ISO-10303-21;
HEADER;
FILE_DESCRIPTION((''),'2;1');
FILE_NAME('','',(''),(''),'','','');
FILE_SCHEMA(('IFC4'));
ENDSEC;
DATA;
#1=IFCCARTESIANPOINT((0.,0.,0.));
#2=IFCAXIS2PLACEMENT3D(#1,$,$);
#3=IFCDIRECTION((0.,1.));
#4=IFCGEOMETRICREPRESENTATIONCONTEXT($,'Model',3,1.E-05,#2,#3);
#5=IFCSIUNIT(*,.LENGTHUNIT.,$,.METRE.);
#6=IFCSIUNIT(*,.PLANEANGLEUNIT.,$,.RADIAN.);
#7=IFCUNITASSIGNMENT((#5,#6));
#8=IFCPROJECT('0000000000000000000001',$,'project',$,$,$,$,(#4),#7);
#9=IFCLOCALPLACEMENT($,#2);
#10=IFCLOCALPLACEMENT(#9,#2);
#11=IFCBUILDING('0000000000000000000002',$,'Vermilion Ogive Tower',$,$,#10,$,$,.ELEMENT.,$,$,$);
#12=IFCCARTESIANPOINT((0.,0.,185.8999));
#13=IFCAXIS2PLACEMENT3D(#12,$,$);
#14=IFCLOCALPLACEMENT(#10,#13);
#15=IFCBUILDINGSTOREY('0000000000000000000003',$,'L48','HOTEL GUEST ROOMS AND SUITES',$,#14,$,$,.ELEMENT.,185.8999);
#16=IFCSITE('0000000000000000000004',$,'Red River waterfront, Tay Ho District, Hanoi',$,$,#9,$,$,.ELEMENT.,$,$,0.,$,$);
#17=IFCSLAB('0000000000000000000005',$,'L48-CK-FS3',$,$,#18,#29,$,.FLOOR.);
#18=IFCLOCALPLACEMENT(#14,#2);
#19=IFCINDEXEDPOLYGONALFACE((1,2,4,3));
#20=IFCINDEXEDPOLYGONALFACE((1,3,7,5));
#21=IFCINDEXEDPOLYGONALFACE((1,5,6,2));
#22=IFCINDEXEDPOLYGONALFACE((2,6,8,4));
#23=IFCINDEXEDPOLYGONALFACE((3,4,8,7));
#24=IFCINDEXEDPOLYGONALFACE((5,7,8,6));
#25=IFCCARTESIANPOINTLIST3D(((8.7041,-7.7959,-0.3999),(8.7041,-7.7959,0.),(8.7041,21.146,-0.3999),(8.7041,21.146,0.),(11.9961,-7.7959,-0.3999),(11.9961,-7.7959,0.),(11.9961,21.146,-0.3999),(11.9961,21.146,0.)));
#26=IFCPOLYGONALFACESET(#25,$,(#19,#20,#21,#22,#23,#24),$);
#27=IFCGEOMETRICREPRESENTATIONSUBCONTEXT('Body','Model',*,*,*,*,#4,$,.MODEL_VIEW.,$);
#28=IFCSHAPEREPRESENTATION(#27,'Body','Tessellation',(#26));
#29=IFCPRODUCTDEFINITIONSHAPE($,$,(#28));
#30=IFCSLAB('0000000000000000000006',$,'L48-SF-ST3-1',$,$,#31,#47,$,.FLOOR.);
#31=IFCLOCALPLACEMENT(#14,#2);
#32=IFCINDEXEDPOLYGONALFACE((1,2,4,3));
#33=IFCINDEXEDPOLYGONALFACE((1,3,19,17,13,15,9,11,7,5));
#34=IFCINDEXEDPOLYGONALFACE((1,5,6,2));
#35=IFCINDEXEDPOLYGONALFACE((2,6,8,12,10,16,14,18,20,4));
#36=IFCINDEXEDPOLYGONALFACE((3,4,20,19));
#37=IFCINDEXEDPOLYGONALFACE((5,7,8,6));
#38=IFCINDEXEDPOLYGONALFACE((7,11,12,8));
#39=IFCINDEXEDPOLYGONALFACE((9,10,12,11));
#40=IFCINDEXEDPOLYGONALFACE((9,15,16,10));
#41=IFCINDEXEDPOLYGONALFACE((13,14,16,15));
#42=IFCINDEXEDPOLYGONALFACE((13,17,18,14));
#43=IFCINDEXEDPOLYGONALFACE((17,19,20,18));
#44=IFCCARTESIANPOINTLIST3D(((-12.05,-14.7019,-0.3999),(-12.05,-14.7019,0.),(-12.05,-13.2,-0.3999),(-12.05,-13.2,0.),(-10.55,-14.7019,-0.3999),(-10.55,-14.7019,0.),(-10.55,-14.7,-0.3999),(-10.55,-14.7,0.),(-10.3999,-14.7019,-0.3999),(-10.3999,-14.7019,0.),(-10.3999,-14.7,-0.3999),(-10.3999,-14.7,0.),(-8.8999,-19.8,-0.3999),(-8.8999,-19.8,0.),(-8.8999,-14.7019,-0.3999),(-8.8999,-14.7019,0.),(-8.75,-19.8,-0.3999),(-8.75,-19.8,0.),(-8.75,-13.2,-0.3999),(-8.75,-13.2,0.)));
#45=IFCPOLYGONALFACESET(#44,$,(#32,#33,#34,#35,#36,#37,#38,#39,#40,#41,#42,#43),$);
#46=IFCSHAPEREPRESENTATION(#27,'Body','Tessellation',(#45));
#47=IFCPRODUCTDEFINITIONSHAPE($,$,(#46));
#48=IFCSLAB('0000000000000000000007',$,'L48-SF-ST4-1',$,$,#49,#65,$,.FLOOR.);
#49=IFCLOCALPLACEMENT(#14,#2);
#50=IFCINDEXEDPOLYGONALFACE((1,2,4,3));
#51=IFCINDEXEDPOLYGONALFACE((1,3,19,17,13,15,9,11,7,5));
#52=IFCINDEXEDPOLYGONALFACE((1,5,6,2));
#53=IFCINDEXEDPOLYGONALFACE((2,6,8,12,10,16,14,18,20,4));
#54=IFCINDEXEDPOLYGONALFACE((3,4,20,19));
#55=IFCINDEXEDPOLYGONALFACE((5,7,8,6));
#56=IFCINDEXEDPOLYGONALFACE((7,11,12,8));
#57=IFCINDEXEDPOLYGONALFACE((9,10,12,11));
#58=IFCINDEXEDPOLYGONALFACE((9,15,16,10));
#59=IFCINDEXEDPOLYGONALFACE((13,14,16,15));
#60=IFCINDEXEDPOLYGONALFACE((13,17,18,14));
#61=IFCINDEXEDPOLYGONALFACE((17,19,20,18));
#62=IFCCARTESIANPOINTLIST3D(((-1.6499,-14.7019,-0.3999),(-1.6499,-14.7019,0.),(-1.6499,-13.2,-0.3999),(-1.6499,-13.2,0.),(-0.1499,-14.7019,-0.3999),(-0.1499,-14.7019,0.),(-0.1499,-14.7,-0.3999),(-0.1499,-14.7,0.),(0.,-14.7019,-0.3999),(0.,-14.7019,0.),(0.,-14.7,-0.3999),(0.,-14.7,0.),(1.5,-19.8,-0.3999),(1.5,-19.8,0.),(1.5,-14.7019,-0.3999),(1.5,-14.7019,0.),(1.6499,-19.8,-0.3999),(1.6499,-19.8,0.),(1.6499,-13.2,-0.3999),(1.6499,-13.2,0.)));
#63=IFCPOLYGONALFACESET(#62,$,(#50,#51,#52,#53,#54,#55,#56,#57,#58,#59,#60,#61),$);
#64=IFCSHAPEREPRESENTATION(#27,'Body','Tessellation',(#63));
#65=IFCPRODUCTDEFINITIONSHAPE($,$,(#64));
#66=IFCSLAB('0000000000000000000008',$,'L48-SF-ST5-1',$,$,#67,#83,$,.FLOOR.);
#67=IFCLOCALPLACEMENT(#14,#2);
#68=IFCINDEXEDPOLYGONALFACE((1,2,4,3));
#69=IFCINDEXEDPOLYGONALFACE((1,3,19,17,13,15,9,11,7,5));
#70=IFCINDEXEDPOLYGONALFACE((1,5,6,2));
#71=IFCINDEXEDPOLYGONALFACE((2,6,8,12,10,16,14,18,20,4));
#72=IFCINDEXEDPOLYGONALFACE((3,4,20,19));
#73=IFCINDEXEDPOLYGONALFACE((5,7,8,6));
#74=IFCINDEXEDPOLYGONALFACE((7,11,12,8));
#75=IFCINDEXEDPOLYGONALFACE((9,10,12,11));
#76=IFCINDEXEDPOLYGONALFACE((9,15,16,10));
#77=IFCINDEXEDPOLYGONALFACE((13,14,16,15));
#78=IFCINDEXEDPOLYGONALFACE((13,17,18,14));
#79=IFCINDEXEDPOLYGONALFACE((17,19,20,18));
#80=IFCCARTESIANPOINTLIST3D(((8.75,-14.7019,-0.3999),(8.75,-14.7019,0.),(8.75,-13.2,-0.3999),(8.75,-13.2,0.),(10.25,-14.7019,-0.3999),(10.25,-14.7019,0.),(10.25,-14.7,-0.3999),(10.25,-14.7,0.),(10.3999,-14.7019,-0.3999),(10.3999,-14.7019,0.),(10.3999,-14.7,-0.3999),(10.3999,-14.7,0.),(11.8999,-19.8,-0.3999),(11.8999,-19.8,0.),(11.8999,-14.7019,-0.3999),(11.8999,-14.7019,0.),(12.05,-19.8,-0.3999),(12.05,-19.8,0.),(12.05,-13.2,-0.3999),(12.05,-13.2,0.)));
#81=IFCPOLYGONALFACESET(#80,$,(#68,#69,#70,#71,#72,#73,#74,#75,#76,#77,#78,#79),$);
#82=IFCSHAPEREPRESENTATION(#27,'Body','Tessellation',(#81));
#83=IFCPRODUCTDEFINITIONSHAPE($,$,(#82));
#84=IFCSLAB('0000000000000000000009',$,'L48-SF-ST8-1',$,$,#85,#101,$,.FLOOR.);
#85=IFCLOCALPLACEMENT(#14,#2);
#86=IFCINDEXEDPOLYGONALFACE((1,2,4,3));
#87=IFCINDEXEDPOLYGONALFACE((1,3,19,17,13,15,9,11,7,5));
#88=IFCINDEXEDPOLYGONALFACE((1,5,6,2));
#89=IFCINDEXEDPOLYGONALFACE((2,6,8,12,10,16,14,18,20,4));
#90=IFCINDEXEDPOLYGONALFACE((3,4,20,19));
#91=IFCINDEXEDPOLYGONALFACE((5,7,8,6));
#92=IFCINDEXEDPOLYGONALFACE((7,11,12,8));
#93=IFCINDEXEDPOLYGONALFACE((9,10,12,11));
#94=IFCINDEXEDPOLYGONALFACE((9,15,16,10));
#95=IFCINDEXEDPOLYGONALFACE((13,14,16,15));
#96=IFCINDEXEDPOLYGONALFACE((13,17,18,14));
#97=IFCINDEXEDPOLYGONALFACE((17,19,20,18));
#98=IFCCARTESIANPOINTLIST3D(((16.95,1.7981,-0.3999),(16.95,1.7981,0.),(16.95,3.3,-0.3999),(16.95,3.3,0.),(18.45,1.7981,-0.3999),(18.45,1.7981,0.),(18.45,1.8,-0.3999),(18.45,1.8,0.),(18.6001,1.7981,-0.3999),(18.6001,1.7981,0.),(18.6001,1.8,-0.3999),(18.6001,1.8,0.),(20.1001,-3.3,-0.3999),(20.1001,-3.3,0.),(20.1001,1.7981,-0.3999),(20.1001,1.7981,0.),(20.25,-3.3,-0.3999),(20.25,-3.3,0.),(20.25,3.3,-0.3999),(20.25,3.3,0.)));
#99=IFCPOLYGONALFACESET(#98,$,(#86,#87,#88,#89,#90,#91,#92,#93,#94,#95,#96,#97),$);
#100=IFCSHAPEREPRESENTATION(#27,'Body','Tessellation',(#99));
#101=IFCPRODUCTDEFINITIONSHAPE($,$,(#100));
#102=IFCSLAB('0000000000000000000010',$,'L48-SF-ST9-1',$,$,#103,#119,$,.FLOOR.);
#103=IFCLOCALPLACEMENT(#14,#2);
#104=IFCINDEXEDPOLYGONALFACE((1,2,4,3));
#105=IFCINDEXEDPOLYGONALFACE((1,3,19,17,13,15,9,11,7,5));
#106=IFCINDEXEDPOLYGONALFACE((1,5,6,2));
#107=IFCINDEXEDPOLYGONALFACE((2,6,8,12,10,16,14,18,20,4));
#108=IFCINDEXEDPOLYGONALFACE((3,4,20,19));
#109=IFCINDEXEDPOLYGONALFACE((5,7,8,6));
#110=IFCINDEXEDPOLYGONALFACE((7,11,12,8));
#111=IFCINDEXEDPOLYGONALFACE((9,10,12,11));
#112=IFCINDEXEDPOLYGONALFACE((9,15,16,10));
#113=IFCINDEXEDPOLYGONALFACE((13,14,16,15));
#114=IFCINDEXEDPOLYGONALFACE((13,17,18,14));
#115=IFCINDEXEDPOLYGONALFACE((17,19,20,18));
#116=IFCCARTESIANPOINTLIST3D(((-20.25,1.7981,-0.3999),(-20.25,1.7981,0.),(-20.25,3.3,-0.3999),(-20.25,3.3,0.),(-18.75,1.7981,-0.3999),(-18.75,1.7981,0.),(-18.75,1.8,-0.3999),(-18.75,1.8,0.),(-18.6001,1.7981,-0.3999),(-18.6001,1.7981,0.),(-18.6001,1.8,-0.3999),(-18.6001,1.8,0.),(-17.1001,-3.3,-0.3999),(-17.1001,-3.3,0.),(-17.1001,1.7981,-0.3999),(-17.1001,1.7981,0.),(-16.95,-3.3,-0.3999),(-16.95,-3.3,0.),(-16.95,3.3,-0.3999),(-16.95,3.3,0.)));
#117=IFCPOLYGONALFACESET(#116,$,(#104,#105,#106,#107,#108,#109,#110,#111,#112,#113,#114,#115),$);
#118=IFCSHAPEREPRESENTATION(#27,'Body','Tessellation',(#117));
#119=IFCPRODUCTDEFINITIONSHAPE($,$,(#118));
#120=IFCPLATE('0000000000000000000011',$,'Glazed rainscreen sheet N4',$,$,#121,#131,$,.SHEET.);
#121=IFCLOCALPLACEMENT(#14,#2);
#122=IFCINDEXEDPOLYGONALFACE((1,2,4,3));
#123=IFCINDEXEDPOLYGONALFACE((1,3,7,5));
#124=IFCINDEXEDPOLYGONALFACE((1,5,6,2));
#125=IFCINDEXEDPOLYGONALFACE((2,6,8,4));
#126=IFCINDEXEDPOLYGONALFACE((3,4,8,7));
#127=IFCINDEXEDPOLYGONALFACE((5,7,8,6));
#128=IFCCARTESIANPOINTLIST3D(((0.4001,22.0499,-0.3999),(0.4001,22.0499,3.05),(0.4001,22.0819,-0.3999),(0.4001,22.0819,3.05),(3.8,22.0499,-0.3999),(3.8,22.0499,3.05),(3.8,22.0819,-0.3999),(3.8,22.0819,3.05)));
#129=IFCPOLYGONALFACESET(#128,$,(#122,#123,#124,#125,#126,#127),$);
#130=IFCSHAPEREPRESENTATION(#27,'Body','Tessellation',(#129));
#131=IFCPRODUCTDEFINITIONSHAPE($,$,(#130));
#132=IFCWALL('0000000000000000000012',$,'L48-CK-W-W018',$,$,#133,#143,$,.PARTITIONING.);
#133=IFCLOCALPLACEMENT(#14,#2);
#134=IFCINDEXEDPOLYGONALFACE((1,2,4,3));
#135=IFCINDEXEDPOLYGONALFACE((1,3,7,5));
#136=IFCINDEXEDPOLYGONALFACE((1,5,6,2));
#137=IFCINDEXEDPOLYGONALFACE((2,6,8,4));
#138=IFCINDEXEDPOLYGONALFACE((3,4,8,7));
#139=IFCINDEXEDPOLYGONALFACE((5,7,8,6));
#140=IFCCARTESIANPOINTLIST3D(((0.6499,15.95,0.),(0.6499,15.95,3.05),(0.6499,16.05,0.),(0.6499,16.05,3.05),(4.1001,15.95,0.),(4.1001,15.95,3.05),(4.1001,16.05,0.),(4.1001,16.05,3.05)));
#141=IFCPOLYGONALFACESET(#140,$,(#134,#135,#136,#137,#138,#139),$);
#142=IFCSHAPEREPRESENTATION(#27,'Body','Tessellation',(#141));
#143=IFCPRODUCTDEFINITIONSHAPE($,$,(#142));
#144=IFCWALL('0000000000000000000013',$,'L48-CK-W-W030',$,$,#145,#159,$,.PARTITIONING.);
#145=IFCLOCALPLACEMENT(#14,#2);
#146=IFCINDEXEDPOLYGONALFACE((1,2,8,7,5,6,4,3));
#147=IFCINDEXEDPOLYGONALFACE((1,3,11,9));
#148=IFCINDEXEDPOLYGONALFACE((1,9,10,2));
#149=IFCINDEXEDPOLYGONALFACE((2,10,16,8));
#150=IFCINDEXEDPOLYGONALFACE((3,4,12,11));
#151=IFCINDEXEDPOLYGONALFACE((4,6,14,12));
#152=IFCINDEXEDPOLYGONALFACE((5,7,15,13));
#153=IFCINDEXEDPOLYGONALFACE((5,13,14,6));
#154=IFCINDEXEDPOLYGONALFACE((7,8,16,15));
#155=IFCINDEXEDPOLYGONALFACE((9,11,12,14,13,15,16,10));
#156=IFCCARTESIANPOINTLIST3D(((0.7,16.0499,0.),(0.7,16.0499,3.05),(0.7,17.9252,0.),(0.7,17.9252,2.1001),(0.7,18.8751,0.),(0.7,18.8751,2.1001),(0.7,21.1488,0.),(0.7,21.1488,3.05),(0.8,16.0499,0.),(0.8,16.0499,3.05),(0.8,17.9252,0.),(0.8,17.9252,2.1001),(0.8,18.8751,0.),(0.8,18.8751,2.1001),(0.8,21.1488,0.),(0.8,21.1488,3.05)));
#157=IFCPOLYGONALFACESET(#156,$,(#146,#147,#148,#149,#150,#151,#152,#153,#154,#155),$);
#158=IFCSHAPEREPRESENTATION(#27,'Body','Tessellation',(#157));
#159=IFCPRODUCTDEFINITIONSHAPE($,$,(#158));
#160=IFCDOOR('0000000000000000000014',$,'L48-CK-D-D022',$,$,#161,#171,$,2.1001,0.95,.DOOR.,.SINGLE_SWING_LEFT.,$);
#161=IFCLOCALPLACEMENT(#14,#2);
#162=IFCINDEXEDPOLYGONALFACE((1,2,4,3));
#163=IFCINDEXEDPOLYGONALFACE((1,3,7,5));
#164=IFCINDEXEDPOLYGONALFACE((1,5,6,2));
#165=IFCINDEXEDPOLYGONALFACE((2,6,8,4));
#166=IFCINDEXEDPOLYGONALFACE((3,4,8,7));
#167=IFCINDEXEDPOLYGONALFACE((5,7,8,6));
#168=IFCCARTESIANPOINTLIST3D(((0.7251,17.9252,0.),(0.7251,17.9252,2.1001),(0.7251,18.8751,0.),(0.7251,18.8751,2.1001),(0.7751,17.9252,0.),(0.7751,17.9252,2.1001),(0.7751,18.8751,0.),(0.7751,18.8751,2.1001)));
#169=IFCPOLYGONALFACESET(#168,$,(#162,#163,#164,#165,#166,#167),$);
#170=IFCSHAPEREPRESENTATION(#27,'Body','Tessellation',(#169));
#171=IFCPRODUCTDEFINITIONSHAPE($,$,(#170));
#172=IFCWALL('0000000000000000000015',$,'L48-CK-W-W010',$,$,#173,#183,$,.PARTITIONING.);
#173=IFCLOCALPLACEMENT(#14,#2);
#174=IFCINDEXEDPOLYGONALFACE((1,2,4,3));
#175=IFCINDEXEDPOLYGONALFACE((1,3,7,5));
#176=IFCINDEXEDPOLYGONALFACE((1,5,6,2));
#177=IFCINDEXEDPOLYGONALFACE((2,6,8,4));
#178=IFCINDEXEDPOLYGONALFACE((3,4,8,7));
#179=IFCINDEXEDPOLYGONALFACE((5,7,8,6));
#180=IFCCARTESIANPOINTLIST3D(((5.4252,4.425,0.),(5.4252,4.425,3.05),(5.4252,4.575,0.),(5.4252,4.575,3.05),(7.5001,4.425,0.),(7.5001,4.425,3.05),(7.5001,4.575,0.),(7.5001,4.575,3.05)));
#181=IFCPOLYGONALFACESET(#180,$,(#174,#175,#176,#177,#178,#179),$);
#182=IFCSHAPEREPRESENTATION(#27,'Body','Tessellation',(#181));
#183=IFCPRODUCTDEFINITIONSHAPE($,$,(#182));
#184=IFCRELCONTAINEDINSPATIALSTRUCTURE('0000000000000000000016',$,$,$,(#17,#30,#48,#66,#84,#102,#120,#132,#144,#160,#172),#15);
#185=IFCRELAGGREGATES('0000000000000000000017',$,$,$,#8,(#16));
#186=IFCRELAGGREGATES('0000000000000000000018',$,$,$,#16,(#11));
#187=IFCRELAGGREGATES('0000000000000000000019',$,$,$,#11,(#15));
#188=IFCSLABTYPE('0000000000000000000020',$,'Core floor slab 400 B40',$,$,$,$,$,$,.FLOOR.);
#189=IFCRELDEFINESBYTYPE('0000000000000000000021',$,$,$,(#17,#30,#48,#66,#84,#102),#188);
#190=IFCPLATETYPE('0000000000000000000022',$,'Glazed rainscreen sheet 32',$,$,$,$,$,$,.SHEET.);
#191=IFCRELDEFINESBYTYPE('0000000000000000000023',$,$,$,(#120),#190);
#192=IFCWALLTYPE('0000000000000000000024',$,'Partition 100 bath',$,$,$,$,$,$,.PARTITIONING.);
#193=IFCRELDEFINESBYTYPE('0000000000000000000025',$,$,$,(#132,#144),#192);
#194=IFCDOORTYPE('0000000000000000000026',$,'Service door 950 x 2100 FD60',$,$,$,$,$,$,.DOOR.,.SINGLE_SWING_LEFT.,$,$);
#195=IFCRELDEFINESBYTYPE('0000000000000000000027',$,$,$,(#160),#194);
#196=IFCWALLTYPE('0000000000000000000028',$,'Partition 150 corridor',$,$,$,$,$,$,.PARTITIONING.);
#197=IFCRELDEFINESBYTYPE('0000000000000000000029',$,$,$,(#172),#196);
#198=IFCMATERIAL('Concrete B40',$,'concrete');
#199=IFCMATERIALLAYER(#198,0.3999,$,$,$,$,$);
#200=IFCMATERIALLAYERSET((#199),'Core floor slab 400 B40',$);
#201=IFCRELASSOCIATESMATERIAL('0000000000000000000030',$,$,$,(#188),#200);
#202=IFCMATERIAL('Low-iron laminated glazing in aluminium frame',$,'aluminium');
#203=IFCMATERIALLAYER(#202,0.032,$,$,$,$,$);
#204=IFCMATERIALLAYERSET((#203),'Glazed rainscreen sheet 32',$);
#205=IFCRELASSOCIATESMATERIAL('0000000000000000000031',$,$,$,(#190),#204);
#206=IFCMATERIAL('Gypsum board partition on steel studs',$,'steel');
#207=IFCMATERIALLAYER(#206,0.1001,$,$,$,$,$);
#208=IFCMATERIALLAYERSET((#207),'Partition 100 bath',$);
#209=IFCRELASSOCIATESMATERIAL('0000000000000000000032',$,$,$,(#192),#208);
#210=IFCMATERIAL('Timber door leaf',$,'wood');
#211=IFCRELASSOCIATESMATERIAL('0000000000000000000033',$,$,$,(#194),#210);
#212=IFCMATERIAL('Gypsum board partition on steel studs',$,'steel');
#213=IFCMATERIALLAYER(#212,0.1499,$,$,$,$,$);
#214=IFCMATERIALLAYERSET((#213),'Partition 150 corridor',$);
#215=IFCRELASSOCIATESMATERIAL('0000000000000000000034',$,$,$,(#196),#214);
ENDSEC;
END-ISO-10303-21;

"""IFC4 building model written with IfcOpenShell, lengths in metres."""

from ifc_helpers import new_model, si_unit, direction, frame, frame_2d, origin, origin_2d, place, context, subcontext, project, spatial, polyline, rectangle, outline, extrude, material, layer, layer_set, type_object, element, fill, save


model = new_model("IFC4")

# Units and contexts
model_context = context("Model", 3, precision=1e-05, world=origin(), true_north=direction((0.0, 1.0)))
body_context = subcontext(model_context, "Body", "Model", "MODEL_VIEW")
ifc_project = project(units=[si_unit("LENGTHUNIT", "METRE"), si_unit("PLANEANGLEUNIT", "RADIAN")], contexts=[model_context])

# Site, building, storey
site_placement = place(None, origin())
site = spatial("IfcSite", under=ifc_project, at=site_placement, Name="Red River waterfront, Tay Ho District, Hanoi", CompositionType="ELEMENT", RefElevation=0.0)
building_placement = place(site_placement, origin())
building = spatial("IfcBuilding", under=site, at=building_placement, Name="Vermilion Ogive Tower", CompositionType="ELEMENT")
storey_placement = place(building_placement, frame((0.0, 0.0, 185.8999)))
storey = spatial("IfcBuildingStorey", under=building, at=storey_placement, Name="L48", Description="HOTEL GUEST ROOMS AND SUITES", CompositionType="ELEMENT", Elevation=185.8999)

# Slabs
ifc_material_1 = material(Name="Concrete B40", Category="concrete")
ifc_layer_1 = layer(ifc_material_1, 0.3999)
ifc_layer_set_1 = layer_set([ifc_layer_1], Name="Core floor slab 400 B40")
slab_type = type_object("IfcSlabType", Name="Core floor slab 400 B40", PredefinedType="FLOOR", material=ifc_layer_set_1)
slab_1_placement = place(storey_placement, frame((0.0, 0.0, -0.3999)))
element("IfcSlab", 1, at=slab_1_placement, inside=storey, type_object=slab_type, Name="L48-CK-FS3", PredefinedType="FLOOR", context=body_context, shape_type="SweptSolid", body=[
    extrude(outline(polyline([(11.9961, 21.146), (11.9961, -7.7959), (8.7041, -7.7959), (8.7041, 21.146), (11.9961, 21.146)])), origin(), (0.0, 0.0, 1.0), 0.3999),
])
slab_2_placement = place(storey_placement, frame((0.0, 0.0, -0.3999)))
element("IfcSlab", 2, at=slab_2_placement, inside=storey, type_object=slab_type, Name="L48-SF-ST3-1", PredefinedType="FLOOR", context=body_context, shape_type="SweptSolid", body=[
    extrude(outline(polyline([(-12.05, -13.2), (-12.05, -14.7019), (-10.55, -14.7019), (-10.55, -14.7), (-10.3999, -14.7), (-10.3999, -14.7019), (-8.8999, -14.7019), (-8.8999, -19.8), (-8.75, -19.8), (-8.75, -13.2), (-12.05, -13.2)])), origin(), (0.0, 0.0, 1.0), 0.3999),
])
slab_3_placement = place(storey_placement, frame((0.0, 0.0, -0.3999)))
element("IfcSlab", 3, at=slab_3_placement, inside=storey, type_object=slab_type, Name="L48-SF-ST4-1", PredefinedType="FLOOR", context=body_context, shape_type="SweptSolid", body=[
    extrude(outline(polyline([(-1.6499, -13.2), (-1.6499, -14.7019), (-0.1499, -14.7019), (-0.1499, -14.7), (0.0, -14.7), (0.0, -14.7019), (1.5, -14.7019), (1.5, -19.8), (1.6499, -19.8), (1.6499, -13.2), (-1.6499, -13.2)])), origin(), (0.0, 0.0, 1.0), 0.3999),
])
slab_4_placement = place(storey_placement, frame((0.0, 0.0, -0.3999)))
element("IfcSlab", 4, at=slab_4_placement, inside=storey, type_object=slab_type, Name="L48-SF-ST5-1", PredefinedType="FLOOR", context=body_context, shape_type="SweptSolid", body=[
    extrude(outline(polyline([(8.75, -13.2), (8.75, -14.7019), (10.25, -14.7019), (10.25, -14.7), (10.3999, -14.7), (10.3999, -14.7019), (11.8999, -14.7019), (11.8999, -19.8), (12.05, -19.8), (12.05, -13.2), (8.75, -13.2)])), origin(), (0.0, 0.0, 1.0), 0.3999),
])
slab_5_placement = place(storey_placement, frame((0.0, 0.0, -0.3999)))
element("IfcSlab", 5, at=slab_5_placement, inside=storey, type_object=slab_type, Name="L48-SF-ST8-1", PredefinedType="FLOOR", context=body_context, shape_type="SweptSolid", body=[
    extrude(outline(polyline([(16.95, 3.3), (16.95, 1.7981), (18.45, 1.7981), (18.45, 1.8), (18.6001, 1.8), (18.6001, 1.7981), (20.1001, 1.7981), (20.1001, -3.3), (20.25, -3.3), (20.25, 3.3), (16.95, 3.3)])), origin(), (0.0, 0.0, 1.0), 0.3999),
])
slab_6_placement = place(storey_placement, frame((0.0, 0.0, -0.3999)))
element("IfcSlab", 6, at=slab_6_placement, inside=storey, type_object=slab_type, Name="L48-SF-ST9-1", PredefinedType="FLOOR", context=body_context, shape_type="SweptSolid", body=[
    extrude(outline(polyline([(-20.25, 3.3), (-20.25, 1.7981), (-18.75, 1.7981), (-18.75, 1.8), (-18.6001, 1.8), (-18.6001, 1.7981), (-17.1001, 1.7981), (-17.1001, -3.3), (-16.95, -3.3), (-16.95, 3.3), (-20.25, 3.3)])), origin(), (0.0, 0.0, 1.0), 0.3999),
])

# Plate
ifc_material_2 = material(Name="Low-iron laminated glazing in aluminium frame", Category="aluminium")
ifc_layer_2 = layer(ifc_material_2, 0.032)
ifc_layer_set_2 = layer_set([ifc_layer_2], Name="Glazed rainscreen sheet 32")
plate_type = type_object("IfcPlateType", Name="Glazed rainscreen sheet 32", PredefinedType="SHEET", material=ifc_layer_set_2)
plate_placement = place(storey_placement, frame((2.1001, 22.0659, -0.3999), z_axis=(0.0, 0.0, 1.0), x_axis=(1.0, 0.0, 0.0)))
element("IfcPlate", 7, at=plate_placement, inside=storey, type_object=plate_type, Name="Glazed rainscreen sheet N4", PredefinedType="SHEET", context=body_context, shape_type="SweptSolid", body=[
    extrude(rectangle(XDim=3.3999, YDim=0.032, at=origin_2d()), origin(), (0.0, 0.0, 1.0), 3.45),
])

# Wall
ifc_material_3 = material(Name="Gypsum board partition on steel studs", Category="steel")
ifc_layer_3 = layer(ifc_material_3, 0.1001)
ifc_layer_set_3 = layer_set([ifc_layer_3], Name="Partition 100 bath")
wall_type_1 = type_object("IfcWallType", Name="Partition 100 bath", PredefinedType="PARTITIONING", material=ifc_layer_set_3)
wall_1_placement = place(storey_placement, frame((0.6499, 16.0, 0.0), z_axis=(0.0, 0.0, 1.0), x_axis=(1.0, 0.0, 0.0)))
element("IfcWall", 8, at=wall_1_placement, inside=storey, type_object=wall_type_1, Name="L48-CK-W-W018", PredefinedType="PARTITIONING", context=body_context, shape_type="SweptSolid", body=[
    extrude(rectangle(XDim=3.4502, YDim=0.1001, at=frame_2d((1.7251, 0.0))), origin(), (0.0, 0.0, 1.0), 3.05),
])

# Wall, opening, door
wall_2_placement = place(storey_placement, frame((0.75, 16.05, 0.0), z_axis=(0.0, 0.0, 1.0), x_axis=(0.0, 1.0, 0.0)))
wall_2 = element("IfcWall", 9, at=wall_2_placement, inside=storey, type_object=wall_type_1, Name="L48-CK-W-W030", PredefinedType="PARTITIONING", context=body_context, shape_type="SweptSolid", body=[
    extrude(rectangle(XDim=5.0989, YDim=0.1001, at=frame_2d((2.5493, 0.0))), origin(), (0.0, 0.0, 1.0), 3.05),
])
opening_1_placement = place(wall_2_placement, frame((1.875, 0.0, 0.0)))
opening_1 = element("IfcOpeningElement", 10, at=opening_1_placement, cuts=wall_2, PredefinedType="OPENING", context=body_context, shape_type="SweptSolid", body=[
    extrude(rectangle(XDim=0.95, YDim=2.1001, at=frame_2d((0.4751, 1.05))), frame((0.0, 0.0601, 0.0), z_axis=(0.0, -1.0, 0.0), x_axis=(1.0, 0.0, 0.0)), (0.0, 0.0, 1.0), 0.1201),
])
ifc_material_4 = material(Name="Timber door leaf", Category="wood")
door_type_1 = type_object("IfcDoorType", Name="Service door 950 x 2100 FD60", OperationType="SINGLE_SWING_LEFT", PredefinedType="DOOR", material=ifc_material_4)
door_1_placement = place(opening_1_placement, origin())
door_1 = element("IfcDoor", 11, at=door_1_placement, inside=storey, type_object=door_type_1, Name="L48-CK-D-D022", OperationType="SINGLE_SWING_LEFT", OverallHeight=2.1001, OverallWidth=0.95, PredefinedType="DOOR", context=body_context, shape_type="SweptSolid", body=[
    extrude(rectangle(XDim=0.95, YDim=2.1001, at=frame_2d((0.4751, 1.05))), frame((0.0, 0.0249, 0.0), z_axis=(0.0, -1.0, 0.0), x_axis=(1.0, 0.0, 0.0)), (0.0, 0.0, 1.0), 0.05),
])
fill(opening_1, door_1)

# Wall
ifc_material_5 = material(Name="Gypsum board partition on steel studs", Category="steel")
ifc_layer_4 = layer(ifc_material_5, 0.1499)
ifc_layer_set_4 = layer_set([ifc_layer_4], Name="Partition 150 corridor")
wall_type_2 = type_object("IfcWallType", Name="Partition 150 corridor", PredefinedType="PARTITIONING", material=ifc_layer_set_4)
wall_3_placement = place(storey_placement, frame((5.425, 4.5, 0.0), z_axis=(0.0, 0.0, 1.0), x_axis=(1.0, 0.0, 0.0)))
element("IfcWall", 12, at=wall_3_placement, inside=storey, type_object=wall_type_2, Name="L48-CK-W-W010", PredefinedType="PARTITIONING", context=body_context, shape_type="SweptSolid", body=[
    extrude(rectangle(XDim=2.075, YDim=0.1499, at=frame_2d((1.0376, 0.0))), origin(), (0.0, 0.0, 1.0), 3.05),
])

save(model, "model.ifc")
